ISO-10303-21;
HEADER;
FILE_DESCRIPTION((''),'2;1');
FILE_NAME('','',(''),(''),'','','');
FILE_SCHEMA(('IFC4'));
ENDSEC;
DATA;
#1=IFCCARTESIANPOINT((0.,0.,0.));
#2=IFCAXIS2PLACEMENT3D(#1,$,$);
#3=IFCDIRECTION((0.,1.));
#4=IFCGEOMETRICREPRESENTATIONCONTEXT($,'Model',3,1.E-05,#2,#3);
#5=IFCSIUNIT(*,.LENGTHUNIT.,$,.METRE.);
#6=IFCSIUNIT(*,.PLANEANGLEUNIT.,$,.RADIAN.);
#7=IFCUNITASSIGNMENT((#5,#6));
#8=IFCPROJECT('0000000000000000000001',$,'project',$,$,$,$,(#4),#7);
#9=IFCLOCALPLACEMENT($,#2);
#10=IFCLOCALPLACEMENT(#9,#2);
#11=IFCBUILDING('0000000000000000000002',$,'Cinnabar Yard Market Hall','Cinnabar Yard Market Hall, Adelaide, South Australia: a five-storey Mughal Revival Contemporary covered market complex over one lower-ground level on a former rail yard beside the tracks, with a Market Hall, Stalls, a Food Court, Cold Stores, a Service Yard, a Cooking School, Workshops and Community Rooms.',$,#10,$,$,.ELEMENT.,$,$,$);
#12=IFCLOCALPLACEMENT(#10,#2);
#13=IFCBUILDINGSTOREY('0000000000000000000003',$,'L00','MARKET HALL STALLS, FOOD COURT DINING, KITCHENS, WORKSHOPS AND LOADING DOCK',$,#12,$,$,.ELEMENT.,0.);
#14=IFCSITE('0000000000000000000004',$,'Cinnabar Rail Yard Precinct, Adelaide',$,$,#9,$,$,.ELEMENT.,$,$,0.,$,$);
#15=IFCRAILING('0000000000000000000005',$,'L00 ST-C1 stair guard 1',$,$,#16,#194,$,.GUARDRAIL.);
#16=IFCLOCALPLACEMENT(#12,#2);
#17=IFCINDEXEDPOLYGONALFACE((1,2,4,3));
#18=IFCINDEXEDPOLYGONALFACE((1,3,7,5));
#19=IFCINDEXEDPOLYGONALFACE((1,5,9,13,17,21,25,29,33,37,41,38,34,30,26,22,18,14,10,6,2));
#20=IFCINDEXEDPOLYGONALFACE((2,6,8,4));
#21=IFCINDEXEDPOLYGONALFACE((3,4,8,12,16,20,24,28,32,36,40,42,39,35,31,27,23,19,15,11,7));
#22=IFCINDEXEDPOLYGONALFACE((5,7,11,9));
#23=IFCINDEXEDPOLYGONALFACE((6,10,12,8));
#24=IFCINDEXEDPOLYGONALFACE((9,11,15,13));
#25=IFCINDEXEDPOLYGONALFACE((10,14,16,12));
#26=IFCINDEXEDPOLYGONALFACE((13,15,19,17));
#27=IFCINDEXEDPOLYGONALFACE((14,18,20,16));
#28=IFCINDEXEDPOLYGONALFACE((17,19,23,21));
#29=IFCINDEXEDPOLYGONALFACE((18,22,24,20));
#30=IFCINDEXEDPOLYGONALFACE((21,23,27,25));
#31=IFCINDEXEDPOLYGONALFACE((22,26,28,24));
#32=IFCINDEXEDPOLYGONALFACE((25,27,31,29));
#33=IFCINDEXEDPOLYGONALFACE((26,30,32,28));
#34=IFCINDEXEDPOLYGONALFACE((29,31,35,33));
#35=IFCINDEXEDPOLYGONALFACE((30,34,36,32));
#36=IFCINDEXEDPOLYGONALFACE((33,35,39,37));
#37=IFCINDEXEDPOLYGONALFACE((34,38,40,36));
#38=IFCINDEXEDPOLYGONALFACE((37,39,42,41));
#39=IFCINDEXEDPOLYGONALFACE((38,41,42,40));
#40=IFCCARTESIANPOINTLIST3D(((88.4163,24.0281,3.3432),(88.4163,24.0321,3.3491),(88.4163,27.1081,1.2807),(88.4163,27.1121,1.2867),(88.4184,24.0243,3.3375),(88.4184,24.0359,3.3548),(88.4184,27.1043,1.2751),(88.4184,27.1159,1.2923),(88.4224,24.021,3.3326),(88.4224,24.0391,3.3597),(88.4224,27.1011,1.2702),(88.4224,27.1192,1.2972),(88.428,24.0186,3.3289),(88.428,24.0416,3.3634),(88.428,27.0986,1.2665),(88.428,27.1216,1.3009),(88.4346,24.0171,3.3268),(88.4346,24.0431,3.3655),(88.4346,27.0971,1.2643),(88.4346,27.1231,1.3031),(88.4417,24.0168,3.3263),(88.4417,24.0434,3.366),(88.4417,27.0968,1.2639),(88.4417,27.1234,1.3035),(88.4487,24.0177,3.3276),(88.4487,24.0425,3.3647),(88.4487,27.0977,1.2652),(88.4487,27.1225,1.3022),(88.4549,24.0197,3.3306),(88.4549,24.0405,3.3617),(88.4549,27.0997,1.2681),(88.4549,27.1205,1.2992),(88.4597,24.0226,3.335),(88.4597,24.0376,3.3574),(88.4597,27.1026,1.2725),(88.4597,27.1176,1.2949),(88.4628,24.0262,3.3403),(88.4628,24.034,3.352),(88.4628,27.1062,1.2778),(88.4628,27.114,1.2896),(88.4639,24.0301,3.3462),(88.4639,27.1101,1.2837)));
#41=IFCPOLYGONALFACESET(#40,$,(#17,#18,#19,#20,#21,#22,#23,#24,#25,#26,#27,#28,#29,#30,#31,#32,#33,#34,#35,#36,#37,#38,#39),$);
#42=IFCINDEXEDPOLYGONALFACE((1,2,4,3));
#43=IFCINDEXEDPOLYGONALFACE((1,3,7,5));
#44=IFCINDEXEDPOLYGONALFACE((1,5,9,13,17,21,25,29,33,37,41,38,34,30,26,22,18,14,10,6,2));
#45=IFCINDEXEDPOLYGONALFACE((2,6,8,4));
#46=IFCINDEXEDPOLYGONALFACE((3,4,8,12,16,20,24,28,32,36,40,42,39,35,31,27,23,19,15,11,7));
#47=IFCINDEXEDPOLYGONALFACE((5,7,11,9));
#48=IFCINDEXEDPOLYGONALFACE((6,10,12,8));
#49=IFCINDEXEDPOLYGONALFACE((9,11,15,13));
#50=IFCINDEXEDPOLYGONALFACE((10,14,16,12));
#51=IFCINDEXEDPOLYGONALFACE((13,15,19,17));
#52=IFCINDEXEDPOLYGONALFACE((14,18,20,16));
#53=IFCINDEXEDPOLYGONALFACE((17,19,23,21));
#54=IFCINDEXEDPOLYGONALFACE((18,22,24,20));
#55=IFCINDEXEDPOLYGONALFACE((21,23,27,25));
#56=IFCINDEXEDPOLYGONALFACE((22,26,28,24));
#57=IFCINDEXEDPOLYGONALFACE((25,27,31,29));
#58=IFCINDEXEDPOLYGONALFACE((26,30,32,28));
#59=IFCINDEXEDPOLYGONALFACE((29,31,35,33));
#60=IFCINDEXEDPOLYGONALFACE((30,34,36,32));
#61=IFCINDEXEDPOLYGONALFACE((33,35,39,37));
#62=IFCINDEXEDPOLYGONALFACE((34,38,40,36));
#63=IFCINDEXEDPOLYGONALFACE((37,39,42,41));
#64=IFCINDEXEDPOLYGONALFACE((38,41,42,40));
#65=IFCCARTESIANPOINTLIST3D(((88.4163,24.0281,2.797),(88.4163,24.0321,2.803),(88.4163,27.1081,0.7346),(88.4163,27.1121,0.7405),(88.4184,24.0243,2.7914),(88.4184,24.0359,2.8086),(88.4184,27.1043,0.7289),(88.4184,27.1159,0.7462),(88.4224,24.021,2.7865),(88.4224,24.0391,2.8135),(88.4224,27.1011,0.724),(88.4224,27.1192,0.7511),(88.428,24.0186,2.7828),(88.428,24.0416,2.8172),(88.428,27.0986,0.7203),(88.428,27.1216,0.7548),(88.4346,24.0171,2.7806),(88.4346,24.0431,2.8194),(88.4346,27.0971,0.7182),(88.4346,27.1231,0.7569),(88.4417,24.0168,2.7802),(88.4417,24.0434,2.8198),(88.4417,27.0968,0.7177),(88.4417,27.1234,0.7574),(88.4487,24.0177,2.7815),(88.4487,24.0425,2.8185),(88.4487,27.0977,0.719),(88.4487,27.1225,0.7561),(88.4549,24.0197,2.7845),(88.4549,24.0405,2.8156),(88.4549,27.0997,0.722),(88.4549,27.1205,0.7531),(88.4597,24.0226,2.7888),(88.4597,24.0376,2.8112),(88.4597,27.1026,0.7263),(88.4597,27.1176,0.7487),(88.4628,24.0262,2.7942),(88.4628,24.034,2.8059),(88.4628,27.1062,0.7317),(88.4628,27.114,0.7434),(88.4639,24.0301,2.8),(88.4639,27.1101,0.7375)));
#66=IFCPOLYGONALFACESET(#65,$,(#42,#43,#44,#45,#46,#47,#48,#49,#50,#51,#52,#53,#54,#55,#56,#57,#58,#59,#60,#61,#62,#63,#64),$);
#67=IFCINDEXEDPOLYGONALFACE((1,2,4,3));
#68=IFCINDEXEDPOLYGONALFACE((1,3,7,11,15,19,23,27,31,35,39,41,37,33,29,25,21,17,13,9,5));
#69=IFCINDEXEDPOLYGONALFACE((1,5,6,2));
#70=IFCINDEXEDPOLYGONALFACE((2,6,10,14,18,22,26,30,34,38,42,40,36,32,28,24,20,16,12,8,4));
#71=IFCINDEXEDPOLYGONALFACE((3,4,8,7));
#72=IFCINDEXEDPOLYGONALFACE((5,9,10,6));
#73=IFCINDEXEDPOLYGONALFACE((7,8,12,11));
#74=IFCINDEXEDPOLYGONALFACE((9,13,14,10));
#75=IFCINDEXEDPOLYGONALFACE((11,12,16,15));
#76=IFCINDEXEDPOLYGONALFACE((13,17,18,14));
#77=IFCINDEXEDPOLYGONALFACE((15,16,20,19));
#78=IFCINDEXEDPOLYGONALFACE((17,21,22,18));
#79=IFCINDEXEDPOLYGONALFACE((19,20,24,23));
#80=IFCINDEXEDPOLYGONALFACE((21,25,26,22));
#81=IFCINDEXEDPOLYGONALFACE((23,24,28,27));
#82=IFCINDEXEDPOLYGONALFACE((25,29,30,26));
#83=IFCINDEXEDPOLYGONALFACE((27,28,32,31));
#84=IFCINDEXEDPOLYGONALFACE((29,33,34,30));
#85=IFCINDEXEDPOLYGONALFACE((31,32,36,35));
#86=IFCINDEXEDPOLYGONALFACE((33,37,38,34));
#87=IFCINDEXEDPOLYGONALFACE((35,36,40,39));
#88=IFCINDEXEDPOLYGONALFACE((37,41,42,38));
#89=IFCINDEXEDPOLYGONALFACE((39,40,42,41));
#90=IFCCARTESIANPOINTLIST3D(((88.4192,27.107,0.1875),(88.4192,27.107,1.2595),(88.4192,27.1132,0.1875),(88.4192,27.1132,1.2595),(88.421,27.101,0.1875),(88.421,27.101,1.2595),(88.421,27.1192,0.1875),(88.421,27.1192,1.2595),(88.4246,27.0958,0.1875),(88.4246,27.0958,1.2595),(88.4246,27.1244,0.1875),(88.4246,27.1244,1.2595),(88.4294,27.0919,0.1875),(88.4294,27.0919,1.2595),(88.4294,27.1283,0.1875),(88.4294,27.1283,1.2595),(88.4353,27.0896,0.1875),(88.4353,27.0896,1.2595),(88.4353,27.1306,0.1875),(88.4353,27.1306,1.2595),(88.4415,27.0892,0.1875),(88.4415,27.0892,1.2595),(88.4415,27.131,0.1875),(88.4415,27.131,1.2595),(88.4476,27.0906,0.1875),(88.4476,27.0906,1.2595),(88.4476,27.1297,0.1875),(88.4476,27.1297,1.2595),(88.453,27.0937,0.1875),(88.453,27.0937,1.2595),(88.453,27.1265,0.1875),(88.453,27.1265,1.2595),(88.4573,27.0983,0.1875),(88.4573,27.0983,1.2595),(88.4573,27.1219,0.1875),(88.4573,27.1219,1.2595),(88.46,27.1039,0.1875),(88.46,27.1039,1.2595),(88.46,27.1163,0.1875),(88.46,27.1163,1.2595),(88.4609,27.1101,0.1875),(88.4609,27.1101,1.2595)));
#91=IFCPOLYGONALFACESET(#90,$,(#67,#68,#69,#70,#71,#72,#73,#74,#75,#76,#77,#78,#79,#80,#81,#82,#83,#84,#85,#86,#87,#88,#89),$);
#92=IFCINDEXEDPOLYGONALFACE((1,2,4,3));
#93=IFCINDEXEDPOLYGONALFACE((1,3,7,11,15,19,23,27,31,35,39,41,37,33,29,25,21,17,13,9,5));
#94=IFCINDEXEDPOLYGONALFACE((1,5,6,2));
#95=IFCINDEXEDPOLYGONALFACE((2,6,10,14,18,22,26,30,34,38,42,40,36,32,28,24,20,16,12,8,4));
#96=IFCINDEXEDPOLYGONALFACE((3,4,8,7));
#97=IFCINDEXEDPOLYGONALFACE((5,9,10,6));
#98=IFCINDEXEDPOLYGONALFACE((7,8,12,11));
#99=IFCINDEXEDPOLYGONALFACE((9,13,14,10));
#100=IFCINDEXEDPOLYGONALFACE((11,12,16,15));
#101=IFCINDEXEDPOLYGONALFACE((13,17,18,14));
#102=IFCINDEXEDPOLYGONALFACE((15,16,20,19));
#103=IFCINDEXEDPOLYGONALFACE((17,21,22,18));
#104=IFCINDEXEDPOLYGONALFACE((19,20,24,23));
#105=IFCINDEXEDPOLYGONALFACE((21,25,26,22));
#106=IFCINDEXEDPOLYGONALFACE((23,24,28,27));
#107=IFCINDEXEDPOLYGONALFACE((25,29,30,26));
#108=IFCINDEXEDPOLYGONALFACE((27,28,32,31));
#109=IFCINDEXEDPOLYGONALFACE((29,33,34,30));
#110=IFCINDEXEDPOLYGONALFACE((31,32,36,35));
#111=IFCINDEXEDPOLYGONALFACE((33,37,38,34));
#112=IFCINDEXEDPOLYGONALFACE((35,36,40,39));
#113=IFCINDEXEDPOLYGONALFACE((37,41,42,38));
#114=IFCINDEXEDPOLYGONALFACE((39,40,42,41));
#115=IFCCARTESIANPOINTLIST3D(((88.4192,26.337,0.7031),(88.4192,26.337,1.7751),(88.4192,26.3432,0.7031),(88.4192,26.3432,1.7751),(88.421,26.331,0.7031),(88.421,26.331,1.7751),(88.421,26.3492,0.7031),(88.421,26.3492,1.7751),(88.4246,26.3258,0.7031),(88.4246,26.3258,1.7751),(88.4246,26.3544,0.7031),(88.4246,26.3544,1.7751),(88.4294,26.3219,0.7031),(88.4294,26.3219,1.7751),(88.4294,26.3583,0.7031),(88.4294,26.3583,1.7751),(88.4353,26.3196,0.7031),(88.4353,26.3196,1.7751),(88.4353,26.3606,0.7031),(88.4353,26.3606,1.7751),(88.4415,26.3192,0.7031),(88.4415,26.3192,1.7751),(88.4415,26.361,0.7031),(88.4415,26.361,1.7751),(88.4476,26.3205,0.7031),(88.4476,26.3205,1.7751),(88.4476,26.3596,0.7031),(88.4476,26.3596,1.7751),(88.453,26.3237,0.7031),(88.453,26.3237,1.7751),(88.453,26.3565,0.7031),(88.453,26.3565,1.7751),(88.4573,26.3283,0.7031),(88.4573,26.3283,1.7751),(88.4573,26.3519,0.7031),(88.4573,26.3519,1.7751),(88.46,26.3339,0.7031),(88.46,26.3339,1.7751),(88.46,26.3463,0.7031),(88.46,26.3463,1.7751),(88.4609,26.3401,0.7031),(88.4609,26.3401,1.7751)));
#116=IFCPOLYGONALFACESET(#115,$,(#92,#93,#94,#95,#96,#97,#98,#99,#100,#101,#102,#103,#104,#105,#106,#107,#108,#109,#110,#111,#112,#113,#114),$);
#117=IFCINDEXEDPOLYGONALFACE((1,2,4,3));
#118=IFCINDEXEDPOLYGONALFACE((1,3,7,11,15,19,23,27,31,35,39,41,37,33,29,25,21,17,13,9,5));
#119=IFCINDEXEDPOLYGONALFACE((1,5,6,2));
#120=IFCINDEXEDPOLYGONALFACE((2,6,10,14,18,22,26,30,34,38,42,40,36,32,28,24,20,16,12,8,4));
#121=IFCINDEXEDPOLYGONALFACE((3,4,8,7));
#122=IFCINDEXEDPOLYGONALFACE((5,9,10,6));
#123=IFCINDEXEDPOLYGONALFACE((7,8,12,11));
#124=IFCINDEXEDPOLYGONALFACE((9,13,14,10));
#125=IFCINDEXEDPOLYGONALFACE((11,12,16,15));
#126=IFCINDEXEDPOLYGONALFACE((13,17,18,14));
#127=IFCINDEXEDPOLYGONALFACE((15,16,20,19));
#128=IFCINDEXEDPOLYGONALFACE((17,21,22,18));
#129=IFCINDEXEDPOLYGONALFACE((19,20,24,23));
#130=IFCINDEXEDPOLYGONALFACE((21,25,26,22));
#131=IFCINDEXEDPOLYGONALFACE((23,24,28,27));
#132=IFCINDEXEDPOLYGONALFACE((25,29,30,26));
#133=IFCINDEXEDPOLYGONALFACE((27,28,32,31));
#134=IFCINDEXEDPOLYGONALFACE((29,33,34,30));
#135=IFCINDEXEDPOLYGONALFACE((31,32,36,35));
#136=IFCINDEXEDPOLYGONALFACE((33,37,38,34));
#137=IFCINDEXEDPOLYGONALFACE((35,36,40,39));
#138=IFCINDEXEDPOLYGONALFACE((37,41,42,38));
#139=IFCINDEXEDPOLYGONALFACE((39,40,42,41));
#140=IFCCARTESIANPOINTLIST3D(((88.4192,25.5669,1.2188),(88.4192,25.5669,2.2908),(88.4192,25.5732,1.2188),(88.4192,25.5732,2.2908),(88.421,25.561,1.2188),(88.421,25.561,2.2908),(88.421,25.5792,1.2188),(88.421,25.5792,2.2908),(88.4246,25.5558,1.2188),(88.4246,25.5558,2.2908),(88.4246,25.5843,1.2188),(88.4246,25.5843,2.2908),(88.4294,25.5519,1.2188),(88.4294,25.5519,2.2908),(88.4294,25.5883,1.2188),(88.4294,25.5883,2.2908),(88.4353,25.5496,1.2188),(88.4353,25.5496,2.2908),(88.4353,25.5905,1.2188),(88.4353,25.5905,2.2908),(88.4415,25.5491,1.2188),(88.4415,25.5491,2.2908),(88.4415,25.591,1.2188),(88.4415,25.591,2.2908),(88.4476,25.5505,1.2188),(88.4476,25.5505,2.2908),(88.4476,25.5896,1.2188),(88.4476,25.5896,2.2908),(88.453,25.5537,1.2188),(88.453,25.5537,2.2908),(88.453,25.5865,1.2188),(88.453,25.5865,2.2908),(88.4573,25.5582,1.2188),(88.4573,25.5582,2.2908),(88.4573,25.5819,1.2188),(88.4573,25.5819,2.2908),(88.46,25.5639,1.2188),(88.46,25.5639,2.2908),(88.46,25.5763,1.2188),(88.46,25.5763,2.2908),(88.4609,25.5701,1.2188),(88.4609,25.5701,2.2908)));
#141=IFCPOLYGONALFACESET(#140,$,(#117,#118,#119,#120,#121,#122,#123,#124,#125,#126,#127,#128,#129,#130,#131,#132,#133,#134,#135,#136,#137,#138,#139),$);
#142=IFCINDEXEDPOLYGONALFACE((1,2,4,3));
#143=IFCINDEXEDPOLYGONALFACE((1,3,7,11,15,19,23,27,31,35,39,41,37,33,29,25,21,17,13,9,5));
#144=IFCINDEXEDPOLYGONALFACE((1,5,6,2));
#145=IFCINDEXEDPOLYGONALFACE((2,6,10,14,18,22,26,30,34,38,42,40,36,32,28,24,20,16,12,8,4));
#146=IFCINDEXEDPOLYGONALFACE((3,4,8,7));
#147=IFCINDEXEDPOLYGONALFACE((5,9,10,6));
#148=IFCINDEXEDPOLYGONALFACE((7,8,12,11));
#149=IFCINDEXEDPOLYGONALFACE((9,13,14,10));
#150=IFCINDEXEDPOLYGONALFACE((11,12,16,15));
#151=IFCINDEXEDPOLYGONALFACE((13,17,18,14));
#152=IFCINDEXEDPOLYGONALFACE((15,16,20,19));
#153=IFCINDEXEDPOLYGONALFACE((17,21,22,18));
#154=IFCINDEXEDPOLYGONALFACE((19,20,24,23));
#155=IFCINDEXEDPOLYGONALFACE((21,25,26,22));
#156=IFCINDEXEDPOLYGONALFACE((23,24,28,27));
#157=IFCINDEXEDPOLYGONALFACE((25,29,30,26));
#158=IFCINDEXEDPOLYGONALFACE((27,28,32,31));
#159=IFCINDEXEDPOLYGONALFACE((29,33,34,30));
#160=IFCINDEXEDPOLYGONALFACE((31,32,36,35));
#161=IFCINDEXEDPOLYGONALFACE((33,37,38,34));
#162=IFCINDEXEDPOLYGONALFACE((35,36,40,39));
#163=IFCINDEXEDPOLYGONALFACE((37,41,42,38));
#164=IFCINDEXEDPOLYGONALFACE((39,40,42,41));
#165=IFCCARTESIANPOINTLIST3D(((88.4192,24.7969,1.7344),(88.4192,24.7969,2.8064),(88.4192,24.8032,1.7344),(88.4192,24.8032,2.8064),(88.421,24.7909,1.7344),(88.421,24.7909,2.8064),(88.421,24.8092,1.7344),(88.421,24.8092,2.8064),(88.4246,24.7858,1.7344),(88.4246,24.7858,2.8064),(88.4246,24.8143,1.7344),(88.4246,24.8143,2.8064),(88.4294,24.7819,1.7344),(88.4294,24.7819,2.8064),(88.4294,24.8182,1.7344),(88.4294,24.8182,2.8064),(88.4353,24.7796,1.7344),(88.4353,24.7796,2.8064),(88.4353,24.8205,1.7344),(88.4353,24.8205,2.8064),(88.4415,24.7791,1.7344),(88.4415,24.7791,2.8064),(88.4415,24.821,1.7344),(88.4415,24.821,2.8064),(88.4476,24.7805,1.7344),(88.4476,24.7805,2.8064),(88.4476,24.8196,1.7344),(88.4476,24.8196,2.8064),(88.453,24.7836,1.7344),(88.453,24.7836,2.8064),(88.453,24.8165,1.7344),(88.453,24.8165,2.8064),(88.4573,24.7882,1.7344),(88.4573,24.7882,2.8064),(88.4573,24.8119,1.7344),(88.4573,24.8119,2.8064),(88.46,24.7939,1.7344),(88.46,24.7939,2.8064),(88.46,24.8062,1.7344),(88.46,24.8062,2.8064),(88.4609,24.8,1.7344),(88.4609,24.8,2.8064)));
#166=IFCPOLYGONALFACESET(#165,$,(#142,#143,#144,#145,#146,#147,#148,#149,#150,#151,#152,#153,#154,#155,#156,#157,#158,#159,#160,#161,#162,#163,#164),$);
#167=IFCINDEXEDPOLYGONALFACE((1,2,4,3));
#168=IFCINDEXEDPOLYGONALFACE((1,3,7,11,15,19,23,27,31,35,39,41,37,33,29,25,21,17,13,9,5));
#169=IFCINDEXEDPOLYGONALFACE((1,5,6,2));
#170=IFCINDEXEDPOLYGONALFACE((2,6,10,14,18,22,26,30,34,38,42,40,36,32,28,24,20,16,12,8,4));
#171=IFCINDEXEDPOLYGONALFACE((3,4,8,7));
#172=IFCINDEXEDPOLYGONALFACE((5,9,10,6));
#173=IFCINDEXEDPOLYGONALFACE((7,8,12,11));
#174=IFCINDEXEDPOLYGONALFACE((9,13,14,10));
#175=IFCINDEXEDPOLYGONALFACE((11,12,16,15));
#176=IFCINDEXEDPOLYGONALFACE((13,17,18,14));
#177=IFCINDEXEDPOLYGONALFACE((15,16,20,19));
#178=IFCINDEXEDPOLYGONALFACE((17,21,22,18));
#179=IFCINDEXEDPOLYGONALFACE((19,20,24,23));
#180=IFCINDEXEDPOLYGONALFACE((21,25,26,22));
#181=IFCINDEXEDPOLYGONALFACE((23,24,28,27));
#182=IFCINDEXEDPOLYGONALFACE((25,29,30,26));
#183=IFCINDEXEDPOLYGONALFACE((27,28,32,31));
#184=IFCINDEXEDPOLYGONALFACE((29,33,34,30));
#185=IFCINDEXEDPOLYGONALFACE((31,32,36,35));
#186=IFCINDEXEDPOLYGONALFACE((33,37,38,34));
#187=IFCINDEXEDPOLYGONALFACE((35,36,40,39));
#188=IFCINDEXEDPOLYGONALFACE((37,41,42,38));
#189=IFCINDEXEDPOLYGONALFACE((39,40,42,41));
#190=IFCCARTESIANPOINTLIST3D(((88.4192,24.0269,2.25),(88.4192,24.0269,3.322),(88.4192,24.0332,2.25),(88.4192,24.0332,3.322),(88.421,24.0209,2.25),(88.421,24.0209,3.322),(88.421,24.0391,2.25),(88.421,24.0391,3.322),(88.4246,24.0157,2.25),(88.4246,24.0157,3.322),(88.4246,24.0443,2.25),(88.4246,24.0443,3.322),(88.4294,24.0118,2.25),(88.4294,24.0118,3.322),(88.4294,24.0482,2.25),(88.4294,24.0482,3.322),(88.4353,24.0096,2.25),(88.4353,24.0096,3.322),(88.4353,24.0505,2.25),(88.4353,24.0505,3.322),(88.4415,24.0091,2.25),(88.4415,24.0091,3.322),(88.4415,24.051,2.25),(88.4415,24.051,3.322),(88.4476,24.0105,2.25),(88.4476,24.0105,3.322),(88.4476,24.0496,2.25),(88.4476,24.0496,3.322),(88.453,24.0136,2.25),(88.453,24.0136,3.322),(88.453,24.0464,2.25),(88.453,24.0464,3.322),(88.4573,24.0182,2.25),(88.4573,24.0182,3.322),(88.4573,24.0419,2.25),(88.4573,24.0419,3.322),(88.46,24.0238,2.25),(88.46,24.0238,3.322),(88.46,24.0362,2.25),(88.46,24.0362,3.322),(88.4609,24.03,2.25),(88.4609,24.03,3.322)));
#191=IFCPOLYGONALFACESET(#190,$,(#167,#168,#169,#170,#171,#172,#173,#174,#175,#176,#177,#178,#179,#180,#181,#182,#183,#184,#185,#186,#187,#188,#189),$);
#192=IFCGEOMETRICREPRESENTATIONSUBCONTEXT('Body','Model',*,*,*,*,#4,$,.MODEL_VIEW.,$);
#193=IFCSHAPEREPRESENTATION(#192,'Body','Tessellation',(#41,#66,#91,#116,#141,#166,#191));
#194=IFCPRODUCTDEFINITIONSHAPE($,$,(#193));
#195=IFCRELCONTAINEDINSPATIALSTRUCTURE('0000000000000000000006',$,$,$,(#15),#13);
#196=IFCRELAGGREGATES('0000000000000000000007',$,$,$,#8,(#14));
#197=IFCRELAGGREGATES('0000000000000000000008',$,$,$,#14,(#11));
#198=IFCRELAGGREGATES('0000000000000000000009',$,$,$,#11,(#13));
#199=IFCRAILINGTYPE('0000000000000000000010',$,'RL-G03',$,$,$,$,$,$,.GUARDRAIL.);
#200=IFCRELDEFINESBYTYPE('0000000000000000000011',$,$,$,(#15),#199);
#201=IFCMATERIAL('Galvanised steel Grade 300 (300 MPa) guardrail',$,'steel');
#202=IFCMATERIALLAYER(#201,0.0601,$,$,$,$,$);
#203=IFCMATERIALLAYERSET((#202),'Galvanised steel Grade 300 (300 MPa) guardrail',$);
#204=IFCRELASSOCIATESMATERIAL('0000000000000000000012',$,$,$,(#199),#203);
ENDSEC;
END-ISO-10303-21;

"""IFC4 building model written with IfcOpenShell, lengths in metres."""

from ifc_helpers import new_model, si_unit, direction, frame, origin, origin_2d_with_axis, place, context, subcontext, project, spatial, circle, extrude, material, layer, layer_set, type_object, element, save


model = new_model("IFC4")

# Units and contexts
model_context = context("Model", 3, precision=1e-05, world=origin(), true_north=direction((0.0, 1.0)))
body_context = subcontext(model_context, "Body", "Model", "MODEL_VIEW")
ifc_project = project(units=[si_unit("LENGTHUNIT", "METRE"), si_unit("PLANEANGLEUNIT", "RADIAN")], contexts=[model_context])

# Site, building, storey
site_placement = place(None, origin())
site = spatial("IfcSite", under=ifc_project, at=site_placement, Name="Cinnabar Rail Yard Precinct, Adelaide", CompositionType="ELEMENT", RefElevation=0.0)
building_placement = place(site_placement, origin())
building = spatial("IfcBuilding", under=site, at=building_placement, Name="Cinnabar Yard Market Hall", Description="Cinnabar Yard Market Hall, Adelaide, South Australia: a five-storey Mughal Revival Contemporary covered market complex over one lower-ground level on a former rail yard beside the tracks, with a Market Hall, Stalls, a Food Court, Cold Stores, a Service Yard, a Cooking School, Workshops and Community Rooms.", CompositionType="ELEMENT")
storey_placement = place(building_placement, origin())
storey = spatial("IfcBuildingStorey", under=building, at=storey_placement, Name="L00", Description="MARKET HALL STALLS, FOOD COURT DINING, KITCHENS, WORKSHOPS AND LOADING DOCK", CompositionType="ELEMENT", Elevation=0.0)

# Railing
ifc_material_1 = material(Name="Galvanised steel Grade 300 (300 MPa) guardrail", Category="steel")
ifc_layer_1 = layer(ifc_material_1, 0.0601)
ifc_layer_set_1 = layer_set([ifc_layer_1], Name="Galvanised steel Grade 300 (300 MPa) guardrail")
railing_type_1 = type_object("IfcRailingType", Name="RL-G03", PredefinedType="GUARDRAIL", material=ifc_layer_set_1)
railing_1_placement = place(storey_placement, frame((88.4399, 27.1101, 0.1875)))
element("IfcRailing", 1, at=railing_1_placement, inside=storey, type_object=railing_type_1, Name="L00 ST-C1 stair guard 1", PredefinedType="GUARDRAIL", context=body_context, shape_type="SweptSolid", body=[
    extrude(circle(Radius=0.0239, at=origin_2d_with_axis()), frame((0.0, 0.0, 1.0962), z_axis=(0.0, -0.830914, 0.556401), x_axis=(1.0, 0.0, 0.0)), (0.0, 0.0, 1.0), 3.7068),
    extrude(circle(Radius=0.0239, at=origin_2d_with_axis()), frame((0.0, 0.0, 0.55), z_axis=(0.0, -0.830914, 0.556401), x_axis=(1.0, 0.0, 0.0)), (0.0, 0.0, 1.0), 3.7068),
    extrude(circle(Radius=0.021, at=origin_2d_with_axis()), origin(), (0.0, 0.0, 1.0), 1.072),
    extrude(circle(Radius=0.021, at=origin_2d_with_axis()), frame((0.0, -0.77, 0.5156)), (0.0, 0.0, 1.0), 1.072),
    extrude(circle(Radius=0.021, at=origin_2d_with_axis()), frame((0.0, -1.54, 1.0312)), (0.0, 0.0, 1.0), 1.072),
    extrude(circle(Radius=0.021, at=origin_2d_with_axis()), frame((0.0, -2.3101, 1.5469)), (0.0, 0.0, 1.0), 1.072),
    extrude(circle(Radius=0.021, at=origin_2d_with_axis()), frame((0.0, -3.0801, 2.0625)), (0.0, 0.0, 1.0), 1.072),
])

save(model, "model.ifc")
